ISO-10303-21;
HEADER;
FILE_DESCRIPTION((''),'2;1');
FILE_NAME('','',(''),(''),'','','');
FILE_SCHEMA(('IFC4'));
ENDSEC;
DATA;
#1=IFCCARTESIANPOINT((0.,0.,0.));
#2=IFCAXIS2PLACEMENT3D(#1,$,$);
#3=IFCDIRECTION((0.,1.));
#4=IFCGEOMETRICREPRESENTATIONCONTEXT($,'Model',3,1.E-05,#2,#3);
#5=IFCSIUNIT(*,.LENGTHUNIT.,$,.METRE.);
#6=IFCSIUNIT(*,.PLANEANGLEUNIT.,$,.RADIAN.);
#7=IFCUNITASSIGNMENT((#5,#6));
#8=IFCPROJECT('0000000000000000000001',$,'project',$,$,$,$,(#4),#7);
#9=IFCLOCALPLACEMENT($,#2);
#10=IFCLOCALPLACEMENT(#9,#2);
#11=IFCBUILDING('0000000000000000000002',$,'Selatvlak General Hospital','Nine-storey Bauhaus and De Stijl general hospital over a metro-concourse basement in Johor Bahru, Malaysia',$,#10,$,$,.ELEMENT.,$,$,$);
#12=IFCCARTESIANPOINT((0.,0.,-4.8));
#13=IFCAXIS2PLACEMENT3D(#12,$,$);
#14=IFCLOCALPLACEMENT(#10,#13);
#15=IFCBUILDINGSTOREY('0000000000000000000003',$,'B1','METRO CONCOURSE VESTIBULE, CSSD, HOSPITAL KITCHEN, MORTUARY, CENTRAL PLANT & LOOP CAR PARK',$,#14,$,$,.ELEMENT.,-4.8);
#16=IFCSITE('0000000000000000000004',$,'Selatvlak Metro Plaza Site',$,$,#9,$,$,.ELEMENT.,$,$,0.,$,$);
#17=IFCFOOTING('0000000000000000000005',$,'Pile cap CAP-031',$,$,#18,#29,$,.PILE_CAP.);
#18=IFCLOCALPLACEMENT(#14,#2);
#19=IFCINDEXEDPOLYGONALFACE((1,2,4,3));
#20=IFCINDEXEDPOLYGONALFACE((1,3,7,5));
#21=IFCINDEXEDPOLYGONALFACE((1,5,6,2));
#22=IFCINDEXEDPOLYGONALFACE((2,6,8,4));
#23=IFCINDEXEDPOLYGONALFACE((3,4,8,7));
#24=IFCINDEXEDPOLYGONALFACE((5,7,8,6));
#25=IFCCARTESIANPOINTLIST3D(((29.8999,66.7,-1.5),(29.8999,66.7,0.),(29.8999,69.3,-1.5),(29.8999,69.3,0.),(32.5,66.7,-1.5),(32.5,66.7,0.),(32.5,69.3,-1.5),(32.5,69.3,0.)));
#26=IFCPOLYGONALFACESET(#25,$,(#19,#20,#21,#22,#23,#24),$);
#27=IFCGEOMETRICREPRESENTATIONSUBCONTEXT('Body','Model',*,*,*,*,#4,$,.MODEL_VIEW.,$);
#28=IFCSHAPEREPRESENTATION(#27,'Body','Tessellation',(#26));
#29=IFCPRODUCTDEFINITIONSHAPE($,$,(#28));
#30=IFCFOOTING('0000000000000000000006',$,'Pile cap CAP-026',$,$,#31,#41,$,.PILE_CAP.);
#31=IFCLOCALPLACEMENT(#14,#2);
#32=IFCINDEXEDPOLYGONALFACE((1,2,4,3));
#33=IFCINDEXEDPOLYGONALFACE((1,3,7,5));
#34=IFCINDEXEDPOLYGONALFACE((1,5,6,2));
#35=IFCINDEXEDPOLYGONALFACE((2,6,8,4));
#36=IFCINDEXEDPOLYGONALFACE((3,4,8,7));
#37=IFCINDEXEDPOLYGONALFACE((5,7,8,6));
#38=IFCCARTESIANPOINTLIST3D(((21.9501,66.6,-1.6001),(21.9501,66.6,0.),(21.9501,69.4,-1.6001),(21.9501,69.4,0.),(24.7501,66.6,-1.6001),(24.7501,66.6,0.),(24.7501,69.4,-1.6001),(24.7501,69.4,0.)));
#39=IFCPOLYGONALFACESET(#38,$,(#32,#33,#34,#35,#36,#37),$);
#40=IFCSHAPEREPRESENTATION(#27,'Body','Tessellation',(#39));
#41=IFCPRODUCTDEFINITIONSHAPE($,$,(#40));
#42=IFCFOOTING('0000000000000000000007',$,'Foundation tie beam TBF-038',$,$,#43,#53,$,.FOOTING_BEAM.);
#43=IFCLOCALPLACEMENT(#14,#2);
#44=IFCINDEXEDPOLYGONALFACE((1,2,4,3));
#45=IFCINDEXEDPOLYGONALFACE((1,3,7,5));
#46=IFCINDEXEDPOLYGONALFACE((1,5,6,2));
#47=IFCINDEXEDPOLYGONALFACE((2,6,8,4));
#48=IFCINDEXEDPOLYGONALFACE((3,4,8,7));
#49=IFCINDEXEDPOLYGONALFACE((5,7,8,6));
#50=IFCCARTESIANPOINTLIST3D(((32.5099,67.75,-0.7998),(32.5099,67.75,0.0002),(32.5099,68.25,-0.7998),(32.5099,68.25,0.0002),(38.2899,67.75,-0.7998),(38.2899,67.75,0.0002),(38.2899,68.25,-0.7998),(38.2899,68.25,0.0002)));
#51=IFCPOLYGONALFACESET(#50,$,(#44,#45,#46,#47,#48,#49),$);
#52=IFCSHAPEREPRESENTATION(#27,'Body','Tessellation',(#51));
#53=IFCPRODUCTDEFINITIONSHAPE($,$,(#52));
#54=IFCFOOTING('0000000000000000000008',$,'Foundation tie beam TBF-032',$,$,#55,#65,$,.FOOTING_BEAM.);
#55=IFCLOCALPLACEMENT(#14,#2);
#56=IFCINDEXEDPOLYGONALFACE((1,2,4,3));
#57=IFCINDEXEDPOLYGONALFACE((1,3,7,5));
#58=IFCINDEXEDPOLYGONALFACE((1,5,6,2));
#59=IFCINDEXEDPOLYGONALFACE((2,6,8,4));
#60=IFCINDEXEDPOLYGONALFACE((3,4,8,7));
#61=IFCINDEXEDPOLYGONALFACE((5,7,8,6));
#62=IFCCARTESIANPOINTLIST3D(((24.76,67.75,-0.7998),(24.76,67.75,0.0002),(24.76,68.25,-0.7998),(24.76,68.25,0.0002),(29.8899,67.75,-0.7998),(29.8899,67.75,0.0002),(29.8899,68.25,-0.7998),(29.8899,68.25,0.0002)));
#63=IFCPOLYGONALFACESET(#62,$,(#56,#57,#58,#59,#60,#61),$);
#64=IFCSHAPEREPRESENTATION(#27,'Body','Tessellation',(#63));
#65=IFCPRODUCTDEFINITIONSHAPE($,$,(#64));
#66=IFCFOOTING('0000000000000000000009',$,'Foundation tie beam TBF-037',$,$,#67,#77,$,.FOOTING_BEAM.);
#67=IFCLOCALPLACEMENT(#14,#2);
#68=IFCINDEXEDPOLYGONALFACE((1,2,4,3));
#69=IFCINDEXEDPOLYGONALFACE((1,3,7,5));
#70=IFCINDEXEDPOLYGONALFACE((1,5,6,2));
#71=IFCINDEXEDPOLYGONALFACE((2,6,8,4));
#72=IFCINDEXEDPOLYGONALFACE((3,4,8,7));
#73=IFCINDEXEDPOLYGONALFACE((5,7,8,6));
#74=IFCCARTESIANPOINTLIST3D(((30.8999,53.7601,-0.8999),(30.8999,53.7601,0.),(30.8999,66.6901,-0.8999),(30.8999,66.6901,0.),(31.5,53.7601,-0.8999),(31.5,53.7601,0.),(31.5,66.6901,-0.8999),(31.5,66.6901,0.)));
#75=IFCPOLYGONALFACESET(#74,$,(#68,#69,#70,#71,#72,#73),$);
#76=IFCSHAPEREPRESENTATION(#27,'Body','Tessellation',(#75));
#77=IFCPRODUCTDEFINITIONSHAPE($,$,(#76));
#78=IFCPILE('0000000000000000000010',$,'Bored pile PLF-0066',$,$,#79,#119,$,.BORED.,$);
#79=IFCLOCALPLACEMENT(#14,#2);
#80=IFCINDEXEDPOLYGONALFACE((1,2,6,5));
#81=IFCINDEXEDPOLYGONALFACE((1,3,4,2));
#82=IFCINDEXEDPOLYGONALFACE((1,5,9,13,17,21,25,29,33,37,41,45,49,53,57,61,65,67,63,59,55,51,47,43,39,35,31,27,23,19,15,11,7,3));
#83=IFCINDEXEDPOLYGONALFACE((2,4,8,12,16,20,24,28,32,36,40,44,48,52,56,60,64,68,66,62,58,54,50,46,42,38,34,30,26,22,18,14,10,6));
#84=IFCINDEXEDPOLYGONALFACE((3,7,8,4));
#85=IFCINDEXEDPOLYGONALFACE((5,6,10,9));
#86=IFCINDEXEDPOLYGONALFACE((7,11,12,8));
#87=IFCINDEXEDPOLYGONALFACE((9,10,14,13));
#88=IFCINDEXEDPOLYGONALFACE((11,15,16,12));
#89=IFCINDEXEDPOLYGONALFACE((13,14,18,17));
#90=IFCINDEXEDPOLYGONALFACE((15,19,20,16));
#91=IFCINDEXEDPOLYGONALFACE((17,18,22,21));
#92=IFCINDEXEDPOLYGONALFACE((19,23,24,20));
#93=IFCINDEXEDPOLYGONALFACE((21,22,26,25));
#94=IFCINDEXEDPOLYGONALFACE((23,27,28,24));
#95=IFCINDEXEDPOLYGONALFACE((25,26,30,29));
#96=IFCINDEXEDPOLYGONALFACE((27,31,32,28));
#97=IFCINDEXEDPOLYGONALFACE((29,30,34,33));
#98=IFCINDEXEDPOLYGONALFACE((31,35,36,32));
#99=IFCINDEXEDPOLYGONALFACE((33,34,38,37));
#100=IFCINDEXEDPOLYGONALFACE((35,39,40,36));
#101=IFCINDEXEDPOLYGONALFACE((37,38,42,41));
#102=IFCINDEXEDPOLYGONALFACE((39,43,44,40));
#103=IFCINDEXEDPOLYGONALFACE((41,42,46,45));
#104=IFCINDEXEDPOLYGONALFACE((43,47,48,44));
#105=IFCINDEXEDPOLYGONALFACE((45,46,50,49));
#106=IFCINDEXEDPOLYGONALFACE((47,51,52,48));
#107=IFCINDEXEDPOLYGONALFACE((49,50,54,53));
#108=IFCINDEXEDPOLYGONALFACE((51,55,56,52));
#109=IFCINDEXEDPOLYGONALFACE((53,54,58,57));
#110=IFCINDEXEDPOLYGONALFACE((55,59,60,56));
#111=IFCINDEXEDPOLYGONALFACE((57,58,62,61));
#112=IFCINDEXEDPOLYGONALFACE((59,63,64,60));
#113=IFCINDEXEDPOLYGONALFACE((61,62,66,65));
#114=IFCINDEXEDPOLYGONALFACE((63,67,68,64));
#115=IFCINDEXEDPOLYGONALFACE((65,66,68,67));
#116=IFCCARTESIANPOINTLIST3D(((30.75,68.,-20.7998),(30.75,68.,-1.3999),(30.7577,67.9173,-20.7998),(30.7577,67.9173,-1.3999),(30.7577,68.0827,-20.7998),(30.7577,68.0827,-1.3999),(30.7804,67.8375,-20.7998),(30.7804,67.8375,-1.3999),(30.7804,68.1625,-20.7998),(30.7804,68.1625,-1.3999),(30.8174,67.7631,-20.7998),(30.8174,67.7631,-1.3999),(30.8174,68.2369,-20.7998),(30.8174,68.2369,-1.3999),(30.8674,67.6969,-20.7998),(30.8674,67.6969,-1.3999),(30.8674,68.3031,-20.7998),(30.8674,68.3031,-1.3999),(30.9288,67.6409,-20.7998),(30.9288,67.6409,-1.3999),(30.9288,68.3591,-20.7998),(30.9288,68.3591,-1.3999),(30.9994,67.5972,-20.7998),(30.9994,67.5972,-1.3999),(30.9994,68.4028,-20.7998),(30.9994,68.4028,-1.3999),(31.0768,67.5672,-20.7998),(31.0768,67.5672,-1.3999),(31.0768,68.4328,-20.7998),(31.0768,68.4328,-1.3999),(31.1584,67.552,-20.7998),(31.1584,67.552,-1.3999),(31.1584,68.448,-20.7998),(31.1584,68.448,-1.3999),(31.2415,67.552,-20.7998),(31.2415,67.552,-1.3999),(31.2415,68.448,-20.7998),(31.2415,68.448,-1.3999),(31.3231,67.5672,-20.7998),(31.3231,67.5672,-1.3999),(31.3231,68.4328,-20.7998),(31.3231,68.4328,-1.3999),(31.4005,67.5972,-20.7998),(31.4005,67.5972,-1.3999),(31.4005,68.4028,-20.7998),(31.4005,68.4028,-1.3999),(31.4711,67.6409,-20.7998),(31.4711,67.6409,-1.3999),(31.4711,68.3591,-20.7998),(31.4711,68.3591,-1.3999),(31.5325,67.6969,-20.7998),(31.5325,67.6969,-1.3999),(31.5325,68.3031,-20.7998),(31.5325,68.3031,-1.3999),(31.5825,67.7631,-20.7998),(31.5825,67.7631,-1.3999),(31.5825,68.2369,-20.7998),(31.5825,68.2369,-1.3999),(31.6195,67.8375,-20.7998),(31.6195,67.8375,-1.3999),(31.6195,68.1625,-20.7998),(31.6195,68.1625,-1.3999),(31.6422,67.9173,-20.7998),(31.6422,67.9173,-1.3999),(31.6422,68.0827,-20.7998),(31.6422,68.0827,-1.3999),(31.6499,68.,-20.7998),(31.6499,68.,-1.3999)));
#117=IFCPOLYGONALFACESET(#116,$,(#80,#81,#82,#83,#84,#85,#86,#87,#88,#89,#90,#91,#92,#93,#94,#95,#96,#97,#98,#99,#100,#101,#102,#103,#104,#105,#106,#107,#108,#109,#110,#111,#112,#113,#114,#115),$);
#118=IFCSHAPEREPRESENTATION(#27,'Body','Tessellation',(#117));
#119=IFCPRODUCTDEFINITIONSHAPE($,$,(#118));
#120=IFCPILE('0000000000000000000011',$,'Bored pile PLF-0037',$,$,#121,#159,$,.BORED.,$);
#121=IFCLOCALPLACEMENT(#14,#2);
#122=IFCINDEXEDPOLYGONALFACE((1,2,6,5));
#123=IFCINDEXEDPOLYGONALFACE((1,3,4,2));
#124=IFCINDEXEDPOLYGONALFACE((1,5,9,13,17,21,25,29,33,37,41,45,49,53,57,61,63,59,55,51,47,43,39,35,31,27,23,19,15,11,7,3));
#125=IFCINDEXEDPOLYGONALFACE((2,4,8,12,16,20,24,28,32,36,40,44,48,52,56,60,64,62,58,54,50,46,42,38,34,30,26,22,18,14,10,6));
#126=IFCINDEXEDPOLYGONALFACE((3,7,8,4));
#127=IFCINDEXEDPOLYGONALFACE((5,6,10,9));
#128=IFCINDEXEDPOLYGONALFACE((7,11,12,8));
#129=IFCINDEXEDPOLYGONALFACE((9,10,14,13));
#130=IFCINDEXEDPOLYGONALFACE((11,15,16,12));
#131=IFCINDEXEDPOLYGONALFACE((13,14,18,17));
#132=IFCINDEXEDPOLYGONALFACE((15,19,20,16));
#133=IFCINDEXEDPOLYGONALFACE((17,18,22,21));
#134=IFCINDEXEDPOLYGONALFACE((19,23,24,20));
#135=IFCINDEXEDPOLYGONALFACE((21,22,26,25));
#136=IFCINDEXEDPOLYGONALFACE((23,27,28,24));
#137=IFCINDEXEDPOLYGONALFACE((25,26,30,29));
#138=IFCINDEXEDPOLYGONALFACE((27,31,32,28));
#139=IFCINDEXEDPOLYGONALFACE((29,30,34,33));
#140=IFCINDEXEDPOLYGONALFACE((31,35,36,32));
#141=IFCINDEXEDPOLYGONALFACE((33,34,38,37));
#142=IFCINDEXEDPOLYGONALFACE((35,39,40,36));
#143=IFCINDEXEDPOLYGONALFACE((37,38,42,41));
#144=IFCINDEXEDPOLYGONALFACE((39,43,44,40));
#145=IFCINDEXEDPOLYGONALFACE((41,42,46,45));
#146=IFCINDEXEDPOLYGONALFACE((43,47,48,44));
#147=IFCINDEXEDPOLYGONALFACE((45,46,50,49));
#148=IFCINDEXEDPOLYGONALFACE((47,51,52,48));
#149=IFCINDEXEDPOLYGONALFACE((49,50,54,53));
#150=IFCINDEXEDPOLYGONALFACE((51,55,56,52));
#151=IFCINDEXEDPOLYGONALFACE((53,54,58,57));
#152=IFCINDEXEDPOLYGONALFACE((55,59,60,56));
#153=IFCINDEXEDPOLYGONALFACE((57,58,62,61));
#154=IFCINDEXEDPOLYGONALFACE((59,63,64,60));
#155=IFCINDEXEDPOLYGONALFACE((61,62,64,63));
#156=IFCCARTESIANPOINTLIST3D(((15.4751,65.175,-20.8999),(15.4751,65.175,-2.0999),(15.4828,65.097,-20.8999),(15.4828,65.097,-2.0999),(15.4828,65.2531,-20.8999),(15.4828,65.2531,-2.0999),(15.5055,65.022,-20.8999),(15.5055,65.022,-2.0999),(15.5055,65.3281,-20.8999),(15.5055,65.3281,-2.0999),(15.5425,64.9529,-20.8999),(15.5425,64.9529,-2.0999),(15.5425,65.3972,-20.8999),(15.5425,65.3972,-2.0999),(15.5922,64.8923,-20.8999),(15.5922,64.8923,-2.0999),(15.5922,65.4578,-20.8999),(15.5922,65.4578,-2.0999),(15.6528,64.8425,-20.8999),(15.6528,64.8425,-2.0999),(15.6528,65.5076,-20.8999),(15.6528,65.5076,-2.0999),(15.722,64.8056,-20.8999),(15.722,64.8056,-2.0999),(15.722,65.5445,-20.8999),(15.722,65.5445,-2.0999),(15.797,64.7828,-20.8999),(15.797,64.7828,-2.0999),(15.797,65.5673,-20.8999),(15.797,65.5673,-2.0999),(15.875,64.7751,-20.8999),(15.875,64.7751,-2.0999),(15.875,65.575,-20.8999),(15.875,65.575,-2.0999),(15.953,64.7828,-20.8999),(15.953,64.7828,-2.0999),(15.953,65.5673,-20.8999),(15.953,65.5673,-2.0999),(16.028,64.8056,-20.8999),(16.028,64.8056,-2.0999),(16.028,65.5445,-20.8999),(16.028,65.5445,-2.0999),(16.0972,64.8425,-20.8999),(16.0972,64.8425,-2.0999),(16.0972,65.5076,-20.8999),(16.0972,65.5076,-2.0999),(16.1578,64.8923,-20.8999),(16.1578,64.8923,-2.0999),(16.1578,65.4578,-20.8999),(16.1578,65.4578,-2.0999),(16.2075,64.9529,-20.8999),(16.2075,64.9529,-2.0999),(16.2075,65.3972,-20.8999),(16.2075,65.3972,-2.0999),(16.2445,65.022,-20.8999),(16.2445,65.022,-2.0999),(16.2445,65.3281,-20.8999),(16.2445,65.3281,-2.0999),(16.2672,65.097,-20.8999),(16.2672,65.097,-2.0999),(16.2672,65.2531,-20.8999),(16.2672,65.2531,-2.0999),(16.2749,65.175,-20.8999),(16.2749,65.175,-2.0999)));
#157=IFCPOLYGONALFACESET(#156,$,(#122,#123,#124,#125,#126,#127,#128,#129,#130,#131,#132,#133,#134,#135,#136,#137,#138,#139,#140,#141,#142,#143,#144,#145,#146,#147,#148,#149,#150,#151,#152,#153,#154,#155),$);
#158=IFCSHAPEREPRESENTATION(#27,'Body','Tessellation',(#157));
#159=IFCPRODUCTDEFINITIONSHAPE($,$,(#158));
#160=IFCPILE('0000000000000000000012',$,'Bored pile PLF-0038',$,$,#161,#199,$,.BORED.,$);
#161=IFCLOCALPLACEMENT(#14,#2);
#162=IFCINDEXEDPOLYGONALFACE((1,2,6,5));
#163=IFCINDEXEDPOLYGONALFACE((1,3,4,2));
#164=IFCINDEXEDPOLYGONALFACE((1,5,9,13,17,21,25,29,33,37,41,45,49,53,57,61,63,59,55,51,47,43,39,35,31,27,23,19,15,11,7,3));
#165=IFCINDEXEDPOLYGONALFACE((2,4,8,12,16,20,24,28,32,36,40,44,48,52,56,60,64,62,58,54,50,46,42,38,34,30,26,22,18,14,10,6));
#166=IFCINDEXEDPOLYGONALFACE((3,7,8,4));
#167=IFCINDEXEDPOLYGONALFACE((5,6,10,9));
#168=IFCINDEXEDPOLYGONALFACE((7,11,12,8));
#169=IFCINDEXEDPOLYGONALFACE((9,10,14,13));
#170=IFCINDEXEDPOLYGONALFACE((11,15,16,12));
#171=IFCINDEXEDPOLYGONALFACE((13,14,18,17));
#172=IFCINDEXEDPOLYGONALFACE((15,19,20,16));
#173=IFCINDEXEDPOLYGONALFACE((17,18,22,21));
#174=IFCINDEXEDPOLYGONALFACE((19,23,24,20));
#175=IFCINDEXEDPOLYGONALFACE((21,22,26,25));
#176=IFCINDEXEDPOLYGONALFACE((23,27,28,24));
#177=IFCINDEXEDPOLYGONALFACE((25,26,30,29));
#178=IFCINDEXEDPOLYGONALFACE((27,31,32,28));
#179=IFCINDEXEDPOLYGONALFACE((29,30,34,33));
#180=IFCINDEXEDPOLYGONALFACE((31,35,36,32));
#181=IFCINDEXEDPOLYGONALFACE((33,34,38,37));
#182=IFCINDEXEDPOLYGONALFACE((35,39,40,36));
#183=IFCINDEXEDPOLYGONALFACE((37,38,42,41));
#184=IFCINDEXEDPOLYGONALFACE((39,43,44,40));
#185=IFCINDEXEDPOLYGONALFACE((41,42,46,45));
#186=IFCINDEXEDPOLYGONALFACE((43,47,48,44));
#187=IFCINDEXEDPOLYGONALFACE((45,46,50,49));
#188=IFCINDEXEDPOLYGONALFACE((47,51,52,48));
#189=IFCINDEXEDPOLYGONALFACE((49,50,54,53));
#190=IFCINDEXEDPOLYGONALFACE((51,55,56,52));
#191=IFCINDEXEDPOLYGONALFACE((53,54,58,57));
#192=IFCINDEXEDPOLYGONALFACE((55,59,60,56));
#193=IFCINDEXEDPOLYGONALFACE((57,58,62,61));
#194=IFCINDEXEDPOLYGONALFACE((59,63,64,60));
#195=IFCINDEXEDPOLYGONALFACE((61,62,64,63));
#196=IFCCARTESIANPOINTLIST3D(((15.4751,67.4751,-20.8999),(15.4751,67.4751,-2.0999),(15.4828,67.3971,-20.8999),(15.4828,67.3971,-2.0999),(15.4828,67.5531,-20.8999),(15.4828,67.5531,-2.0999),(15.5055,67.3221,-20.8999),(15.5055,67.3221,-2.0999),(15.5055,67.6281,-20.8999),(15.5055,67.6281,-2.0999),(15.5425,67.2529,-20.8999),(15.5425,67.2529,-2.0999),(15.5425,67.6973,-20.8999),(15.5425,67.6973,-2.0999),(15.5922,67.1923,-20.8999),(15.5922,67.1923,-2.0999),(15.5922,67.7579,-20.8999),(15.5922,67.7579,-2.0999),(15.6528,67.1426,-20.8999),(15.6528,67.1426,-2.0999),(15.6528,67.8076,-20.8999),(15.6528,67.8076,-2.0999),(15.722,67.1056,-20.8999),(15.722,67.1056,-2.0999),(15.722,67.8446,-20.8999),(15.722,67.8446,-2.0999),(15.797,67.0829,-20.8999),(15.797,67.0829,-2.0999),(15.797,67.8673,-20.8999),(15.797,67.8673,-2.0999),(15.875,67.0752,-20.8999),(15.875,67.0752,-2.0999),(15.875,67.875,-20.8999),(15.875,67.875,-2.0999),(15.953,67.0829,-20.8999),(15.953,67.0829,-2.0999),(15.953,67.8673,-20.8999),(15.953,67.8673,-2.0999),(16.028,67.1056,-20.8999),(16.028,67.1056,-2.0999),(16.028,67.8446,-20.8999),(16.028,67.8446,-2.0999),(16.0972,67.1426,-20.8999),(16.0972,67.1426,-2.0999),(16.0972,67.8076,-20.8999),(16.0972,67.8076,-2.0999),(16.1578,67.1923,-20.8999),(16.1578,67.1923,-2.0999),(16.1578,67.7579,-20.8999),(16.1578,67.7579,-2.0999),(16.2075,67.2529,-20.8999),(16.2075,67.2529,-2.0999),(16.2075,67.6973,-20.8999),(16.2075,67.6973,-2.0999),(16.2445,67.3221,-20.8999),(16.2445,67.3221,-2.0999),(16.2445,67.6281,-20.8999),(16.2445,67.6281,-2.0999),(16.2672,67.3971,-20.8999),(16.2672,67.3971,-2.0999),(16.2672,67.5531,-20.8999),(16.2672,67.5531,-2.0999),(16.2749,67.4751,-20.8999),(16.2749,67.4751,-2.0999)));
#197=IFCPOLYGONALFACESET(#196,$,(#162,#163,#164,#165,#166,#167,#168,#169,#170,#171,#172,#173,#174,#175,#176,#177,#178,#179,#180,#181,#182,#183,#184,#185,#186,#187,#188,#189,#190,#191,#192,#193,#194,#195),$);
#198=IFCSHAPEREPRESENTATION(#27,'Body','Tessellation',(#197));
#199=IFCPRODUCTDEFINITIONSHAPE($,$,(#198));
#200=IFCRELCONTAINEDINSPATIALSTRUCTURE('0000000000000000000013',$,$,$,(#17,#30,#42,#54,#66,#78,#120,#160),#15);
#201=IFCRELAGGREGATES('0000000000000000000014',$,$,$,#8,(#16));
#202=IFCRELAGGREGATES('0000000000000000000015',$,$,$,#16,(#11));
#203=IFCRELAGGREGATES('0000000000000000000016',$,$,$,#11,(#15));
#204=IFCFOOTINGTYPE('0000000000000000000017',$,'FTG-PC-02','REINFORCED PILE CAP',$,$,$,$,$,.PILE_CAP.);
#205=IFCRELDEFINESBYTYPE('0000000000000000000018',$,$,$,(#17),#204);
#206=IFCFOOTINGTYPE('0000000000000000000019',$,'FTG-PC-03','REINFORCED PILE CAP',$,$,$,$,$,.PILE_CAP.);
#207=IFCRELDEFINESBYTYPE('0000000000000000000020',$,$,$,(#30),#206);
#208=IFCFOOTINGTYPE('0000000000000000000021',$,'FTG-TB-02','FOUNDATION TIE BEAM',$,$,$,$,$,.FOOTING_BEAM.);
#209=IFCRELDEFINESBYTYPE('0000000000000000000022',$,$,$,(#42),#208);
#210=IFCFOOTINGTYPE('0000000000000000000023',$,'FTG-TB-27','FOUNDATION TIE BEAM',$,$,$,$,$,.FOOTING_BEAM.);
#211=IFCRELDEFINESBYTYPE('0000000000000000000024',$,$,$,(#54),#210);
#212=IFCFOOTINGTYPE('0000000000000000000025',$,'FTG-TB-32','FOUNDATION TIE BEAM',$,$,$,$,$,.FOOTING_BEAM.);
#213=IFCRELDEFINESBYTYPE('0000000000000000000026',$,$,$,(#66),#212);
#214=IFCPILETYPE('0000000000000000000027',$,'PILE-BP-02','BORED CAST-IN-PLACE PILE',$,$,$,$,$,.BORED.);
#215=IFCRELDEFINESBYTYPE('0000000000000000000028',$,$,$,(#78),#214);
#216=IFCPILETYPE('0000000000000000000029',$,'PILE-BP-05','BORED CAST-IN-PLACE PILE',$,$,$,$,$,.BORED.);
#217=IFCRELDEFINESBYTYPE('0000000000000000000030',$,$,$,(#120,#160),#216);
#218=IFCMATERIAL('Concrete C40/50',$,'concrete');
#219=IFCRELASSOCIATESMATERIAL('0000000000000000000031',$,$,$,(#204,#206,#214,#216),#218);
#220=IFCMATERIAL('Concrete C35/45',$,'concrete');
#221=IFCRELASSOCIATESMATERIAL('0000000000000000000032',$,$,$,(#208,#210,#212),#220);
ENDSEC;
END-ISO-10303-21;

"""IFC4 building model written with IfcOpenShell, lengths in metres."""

from ifc_helpers import new_model, si_unit, direction, frame, origin, origin_2d, place, context, subcontext, project, spatial, rectangle, circle, extrude, material, material_profile, profile_set, type_object, element, save


model = new_model("IFC4")

# Units and contexts
model_context = context("Model", 3, precision=1e-05, world=origin(), true_north=direction((0.0, 1.0)))
body_context = subcontext(model_context, "Body", "Model", "MODEL_VIEW")
ifc_project = project(units=[si_unit("LENGTHUNIT", "METRE"), si_unit("PLANEANGLEUNIT", "RADIAN")], contexts=[model_context])

# Site, building, storey
site_placement = place(None, origin())
site = spatial("IfcSite", under=ifc_project, at=site_placement, Name="Selatvlak Metro Plaza Site", CompositionType="ELEMENT", RefElevation=0.0)
building_placement = place(site_placement, origin())
building = spatial("IfcBuilding", under=site, at=building_placement, Name="Selatvlak General Hospital", Description="Nine-storey Bauhaus and De Stijl general hospital over a metro-concourse basement in Johor Bahru, Malaysia", CompositionType="ELEMENT")
storey_placement = place(building_placement, frame((0.0, 0.0, -4.8)))
storey = spatial("IfcBuildingStorey", under=building, at=storey_placement, Name="B1", Description="METRO CONCOURSE VESTIBULE, CSSD, HOSPITAL KITCHEN, MORTUARY, CENTRAL PLANT & LOOP CAR PARK", CompositionType="ELEMENT", Elevation=-4.8)

# Footings
ifc_material_1 = material(Name="Concrete C40/50", Category="concrete")
footing_type_1 = type_object("IfcFootingType", Name="FTG-PC-02", Description="REINFORCED PILE CAP", PredefinedType="PILE_CAP", material=ifc_material_1)
footing_1_placement = place(storey_placement, frame((31.2, 68.0, -1.5), z_axis=(0.0, 0.0, 1.0), x_axis=(1.0, 0.0, 0.0)))
element("IfcFooting", 1, at=footing_1_placement, inside=storey, type_object=footing_type_1, Name="Pile cap CAP-031", PredefinedType="PILE_CAP", context=body_context, shape_type="SweptSolid", body=[
    extrude(rectangle(XDim=2.6001, YDim=2.6001, at=origin_2d()), origin(), (0.0, 0.0, 1.0), 1.5),
])
footing_type_2 = type_object("IfcFootingType", Name="FTG-PC-03", Description="REINFORCED PILE CAP", PredefinedType="PILE_CAP", material=ifc_material_1)
footing_2_placement = place(storey_placement, frame((23.3501, 68.0, -1.6001), z_axis=(0.0, 0.0, 1.0), x_axis=(1.0, 0.0, 0.0)))
element("IfcFooting", 2, at=footing_2_placement, inside=storey, type_object=footing_type_2, Name="Pile cap CAP-026", PredefinedType="PILE_CAP", context=body_context, shape_type="SweptSolid", body=[
    extrude(rectangle(XDim=2.8, YDim=2.8, at=origin_2d()), origin(), (0.0, 0.0, 1.0), 1.6001),
])
ifc_material_2 = material(Name="Concrete C35/45", Category="concrete")
footing_type_3 = type_object("IfcFootingType", Name="FTG-TB-02", Description="FOUNDATION TIE BEAM", PredefinedType="FOOTING_BEAM", material=ifc_material_2)
footing_3_placement = place(storey_placement, frame((35.3999, 68.0, -0.7998), z_axis=(0.0, 0.0, 1.0), x_axis=(1.0, 0.0, 0.0)))
element("IfcFooting", 3, at=footing_3_placement, inside=storey, type_object=footing_type_3, Name="Foundation tie beam TBF-038", PredefinedType="FOOTING_BEAM", context=body_context, shape_type="SweptSolid", body=[
    extrude(rectangle(XDim=5.78, YDim=0.5, at=origin_2d()), origin(), (0.0, 0.0, 1.0), 0.8),
])
footing_type_4 = type_object("IfcFootingType", Name="FTG-TB-27", Description="FOUNDATION TIE BEAM", PredefinedType="FOOTING_BEAM", material=ifc_material_2)
footing_4_placement = place(storey_placement, frame((27.325, 68.0, -0.7998), z_axis=(0.0, 0.0, 1.0), x_axis=(1.0, 0.0, 0.0)))
element("IfcFooting", 4, at=footing_4_placement, inside=storey, type_object=footing_type_4, Name="Foundation tie beam TBF-032", PredefinedType="FOOTING_BEAM", context=body_context, shape_type="SweptSolid", body=[
    extrude(rectangle(XDim=5.1299, YDim=0.5, at=origin_2d()), origin(), (0.0, 0.0, 1.0), 0.8),
])
footing_type_5 = type_object("IfcFootingType", Name="FTG-TB-32", Description="FOUNDATION TIE BEAM", PredefinedType="FOOTING_BEAM", material=ifc_material_2)
footing_5_placement = place(storey_placement, frame((31.2, 60.2251, -0.8999), z_axis=(0.0, 0.0, 1.0), x_axis=(0.0, 1.0, 0.0)))
element("IfcFooting", 5, at=footing_5_placement, inside=storey, type_object=footing_type_5, Name="Foundation tie beam TBF-037", PredefinedType="FOOTING_BEAM", context=body_context, shape_type="SweptSolid", body=[
    extrude(rectangle(XDim=12.9299, YDim=0.6001, at=origin_2d()), origin(), (0.0, 0.0, 1.0), 0.8999),
])

# Piles
ifc_material_profile_1 = material_profile(ifc_material_1, circle(Radius=0.45, at=origin_2d()), Name="BORED PILE 900")
ifc_profile_set_1 = profile_set([ifc_material_profile_1], Name="Concrete C40/50")
pile_type_1 = type_object("IfcPileType", Name="PILE-BP-02", Description="BORED CAST-IN-PLACE PILE", PredefinedType="BORED", material=ifc_profile_set_1)
pile_1_placement = place(storey_placement, frame((31.2, 68.0, -1.3999), z_axis=(0.0, 0.0, -1.0), x_axis=(1.0, 0.0, 0.0)))
element("IfcPile", 6, at=pile_1_placement, inside=storey, type_object=pile_type_1, Name="Bored pile PLF-0066", PredefinedType="BORED", context=body_context, shape_type="SweptSolid", body=[
    extrude(circle(Radius=0.45, at=origin_2d()), origin(), (0.0, 0.0, 1.0), 19.3999),
])
ifc_material_profile_2 = material_profile(ifc_material_1, circle(Radius=0.3999, at=origin_2d()), Name="BORED PILE 800")
ifc_profile_set_2 = profile_set([ifc_material_profile_2], Name="Concrete C40/50")
pile_type_2 = type_object("IfcPileType", Name="PILE-BP-05", Description="BORED CAST-IN-PLACE PILE", PredefinedType="BORED", material=ifc_profile_set_2)
for number, where, z_axis, x_axis, name in (
    (7, (15.875, 65.175, -2.0999), (0.0, 0.0, -1.0), (1.0, 0.0, 0.0), "Bored pile PLF-0037"),
    (8, (15.875, 67.4751, -2.0999), (0.0, 0.0, -1.0), (1.0, 0.0, 0.0), "Bored pile PLF-0038"),
):
    element("IfcPile", number, at=place(storey_placement, frame(where, z_axis=z_axis, x_axis=x_axis)), inside=storey, type_object=pile_type_2, Name=name, PredefinedType="BORED", context=body_context, shape_type="SweptSolid", body=[
        extrude(circle(Radius=0.3999, at=origin_2d()), origin(), (0.0, 0.0, 1.0), 18.8),
    ])

save(model, "model.ifc")
